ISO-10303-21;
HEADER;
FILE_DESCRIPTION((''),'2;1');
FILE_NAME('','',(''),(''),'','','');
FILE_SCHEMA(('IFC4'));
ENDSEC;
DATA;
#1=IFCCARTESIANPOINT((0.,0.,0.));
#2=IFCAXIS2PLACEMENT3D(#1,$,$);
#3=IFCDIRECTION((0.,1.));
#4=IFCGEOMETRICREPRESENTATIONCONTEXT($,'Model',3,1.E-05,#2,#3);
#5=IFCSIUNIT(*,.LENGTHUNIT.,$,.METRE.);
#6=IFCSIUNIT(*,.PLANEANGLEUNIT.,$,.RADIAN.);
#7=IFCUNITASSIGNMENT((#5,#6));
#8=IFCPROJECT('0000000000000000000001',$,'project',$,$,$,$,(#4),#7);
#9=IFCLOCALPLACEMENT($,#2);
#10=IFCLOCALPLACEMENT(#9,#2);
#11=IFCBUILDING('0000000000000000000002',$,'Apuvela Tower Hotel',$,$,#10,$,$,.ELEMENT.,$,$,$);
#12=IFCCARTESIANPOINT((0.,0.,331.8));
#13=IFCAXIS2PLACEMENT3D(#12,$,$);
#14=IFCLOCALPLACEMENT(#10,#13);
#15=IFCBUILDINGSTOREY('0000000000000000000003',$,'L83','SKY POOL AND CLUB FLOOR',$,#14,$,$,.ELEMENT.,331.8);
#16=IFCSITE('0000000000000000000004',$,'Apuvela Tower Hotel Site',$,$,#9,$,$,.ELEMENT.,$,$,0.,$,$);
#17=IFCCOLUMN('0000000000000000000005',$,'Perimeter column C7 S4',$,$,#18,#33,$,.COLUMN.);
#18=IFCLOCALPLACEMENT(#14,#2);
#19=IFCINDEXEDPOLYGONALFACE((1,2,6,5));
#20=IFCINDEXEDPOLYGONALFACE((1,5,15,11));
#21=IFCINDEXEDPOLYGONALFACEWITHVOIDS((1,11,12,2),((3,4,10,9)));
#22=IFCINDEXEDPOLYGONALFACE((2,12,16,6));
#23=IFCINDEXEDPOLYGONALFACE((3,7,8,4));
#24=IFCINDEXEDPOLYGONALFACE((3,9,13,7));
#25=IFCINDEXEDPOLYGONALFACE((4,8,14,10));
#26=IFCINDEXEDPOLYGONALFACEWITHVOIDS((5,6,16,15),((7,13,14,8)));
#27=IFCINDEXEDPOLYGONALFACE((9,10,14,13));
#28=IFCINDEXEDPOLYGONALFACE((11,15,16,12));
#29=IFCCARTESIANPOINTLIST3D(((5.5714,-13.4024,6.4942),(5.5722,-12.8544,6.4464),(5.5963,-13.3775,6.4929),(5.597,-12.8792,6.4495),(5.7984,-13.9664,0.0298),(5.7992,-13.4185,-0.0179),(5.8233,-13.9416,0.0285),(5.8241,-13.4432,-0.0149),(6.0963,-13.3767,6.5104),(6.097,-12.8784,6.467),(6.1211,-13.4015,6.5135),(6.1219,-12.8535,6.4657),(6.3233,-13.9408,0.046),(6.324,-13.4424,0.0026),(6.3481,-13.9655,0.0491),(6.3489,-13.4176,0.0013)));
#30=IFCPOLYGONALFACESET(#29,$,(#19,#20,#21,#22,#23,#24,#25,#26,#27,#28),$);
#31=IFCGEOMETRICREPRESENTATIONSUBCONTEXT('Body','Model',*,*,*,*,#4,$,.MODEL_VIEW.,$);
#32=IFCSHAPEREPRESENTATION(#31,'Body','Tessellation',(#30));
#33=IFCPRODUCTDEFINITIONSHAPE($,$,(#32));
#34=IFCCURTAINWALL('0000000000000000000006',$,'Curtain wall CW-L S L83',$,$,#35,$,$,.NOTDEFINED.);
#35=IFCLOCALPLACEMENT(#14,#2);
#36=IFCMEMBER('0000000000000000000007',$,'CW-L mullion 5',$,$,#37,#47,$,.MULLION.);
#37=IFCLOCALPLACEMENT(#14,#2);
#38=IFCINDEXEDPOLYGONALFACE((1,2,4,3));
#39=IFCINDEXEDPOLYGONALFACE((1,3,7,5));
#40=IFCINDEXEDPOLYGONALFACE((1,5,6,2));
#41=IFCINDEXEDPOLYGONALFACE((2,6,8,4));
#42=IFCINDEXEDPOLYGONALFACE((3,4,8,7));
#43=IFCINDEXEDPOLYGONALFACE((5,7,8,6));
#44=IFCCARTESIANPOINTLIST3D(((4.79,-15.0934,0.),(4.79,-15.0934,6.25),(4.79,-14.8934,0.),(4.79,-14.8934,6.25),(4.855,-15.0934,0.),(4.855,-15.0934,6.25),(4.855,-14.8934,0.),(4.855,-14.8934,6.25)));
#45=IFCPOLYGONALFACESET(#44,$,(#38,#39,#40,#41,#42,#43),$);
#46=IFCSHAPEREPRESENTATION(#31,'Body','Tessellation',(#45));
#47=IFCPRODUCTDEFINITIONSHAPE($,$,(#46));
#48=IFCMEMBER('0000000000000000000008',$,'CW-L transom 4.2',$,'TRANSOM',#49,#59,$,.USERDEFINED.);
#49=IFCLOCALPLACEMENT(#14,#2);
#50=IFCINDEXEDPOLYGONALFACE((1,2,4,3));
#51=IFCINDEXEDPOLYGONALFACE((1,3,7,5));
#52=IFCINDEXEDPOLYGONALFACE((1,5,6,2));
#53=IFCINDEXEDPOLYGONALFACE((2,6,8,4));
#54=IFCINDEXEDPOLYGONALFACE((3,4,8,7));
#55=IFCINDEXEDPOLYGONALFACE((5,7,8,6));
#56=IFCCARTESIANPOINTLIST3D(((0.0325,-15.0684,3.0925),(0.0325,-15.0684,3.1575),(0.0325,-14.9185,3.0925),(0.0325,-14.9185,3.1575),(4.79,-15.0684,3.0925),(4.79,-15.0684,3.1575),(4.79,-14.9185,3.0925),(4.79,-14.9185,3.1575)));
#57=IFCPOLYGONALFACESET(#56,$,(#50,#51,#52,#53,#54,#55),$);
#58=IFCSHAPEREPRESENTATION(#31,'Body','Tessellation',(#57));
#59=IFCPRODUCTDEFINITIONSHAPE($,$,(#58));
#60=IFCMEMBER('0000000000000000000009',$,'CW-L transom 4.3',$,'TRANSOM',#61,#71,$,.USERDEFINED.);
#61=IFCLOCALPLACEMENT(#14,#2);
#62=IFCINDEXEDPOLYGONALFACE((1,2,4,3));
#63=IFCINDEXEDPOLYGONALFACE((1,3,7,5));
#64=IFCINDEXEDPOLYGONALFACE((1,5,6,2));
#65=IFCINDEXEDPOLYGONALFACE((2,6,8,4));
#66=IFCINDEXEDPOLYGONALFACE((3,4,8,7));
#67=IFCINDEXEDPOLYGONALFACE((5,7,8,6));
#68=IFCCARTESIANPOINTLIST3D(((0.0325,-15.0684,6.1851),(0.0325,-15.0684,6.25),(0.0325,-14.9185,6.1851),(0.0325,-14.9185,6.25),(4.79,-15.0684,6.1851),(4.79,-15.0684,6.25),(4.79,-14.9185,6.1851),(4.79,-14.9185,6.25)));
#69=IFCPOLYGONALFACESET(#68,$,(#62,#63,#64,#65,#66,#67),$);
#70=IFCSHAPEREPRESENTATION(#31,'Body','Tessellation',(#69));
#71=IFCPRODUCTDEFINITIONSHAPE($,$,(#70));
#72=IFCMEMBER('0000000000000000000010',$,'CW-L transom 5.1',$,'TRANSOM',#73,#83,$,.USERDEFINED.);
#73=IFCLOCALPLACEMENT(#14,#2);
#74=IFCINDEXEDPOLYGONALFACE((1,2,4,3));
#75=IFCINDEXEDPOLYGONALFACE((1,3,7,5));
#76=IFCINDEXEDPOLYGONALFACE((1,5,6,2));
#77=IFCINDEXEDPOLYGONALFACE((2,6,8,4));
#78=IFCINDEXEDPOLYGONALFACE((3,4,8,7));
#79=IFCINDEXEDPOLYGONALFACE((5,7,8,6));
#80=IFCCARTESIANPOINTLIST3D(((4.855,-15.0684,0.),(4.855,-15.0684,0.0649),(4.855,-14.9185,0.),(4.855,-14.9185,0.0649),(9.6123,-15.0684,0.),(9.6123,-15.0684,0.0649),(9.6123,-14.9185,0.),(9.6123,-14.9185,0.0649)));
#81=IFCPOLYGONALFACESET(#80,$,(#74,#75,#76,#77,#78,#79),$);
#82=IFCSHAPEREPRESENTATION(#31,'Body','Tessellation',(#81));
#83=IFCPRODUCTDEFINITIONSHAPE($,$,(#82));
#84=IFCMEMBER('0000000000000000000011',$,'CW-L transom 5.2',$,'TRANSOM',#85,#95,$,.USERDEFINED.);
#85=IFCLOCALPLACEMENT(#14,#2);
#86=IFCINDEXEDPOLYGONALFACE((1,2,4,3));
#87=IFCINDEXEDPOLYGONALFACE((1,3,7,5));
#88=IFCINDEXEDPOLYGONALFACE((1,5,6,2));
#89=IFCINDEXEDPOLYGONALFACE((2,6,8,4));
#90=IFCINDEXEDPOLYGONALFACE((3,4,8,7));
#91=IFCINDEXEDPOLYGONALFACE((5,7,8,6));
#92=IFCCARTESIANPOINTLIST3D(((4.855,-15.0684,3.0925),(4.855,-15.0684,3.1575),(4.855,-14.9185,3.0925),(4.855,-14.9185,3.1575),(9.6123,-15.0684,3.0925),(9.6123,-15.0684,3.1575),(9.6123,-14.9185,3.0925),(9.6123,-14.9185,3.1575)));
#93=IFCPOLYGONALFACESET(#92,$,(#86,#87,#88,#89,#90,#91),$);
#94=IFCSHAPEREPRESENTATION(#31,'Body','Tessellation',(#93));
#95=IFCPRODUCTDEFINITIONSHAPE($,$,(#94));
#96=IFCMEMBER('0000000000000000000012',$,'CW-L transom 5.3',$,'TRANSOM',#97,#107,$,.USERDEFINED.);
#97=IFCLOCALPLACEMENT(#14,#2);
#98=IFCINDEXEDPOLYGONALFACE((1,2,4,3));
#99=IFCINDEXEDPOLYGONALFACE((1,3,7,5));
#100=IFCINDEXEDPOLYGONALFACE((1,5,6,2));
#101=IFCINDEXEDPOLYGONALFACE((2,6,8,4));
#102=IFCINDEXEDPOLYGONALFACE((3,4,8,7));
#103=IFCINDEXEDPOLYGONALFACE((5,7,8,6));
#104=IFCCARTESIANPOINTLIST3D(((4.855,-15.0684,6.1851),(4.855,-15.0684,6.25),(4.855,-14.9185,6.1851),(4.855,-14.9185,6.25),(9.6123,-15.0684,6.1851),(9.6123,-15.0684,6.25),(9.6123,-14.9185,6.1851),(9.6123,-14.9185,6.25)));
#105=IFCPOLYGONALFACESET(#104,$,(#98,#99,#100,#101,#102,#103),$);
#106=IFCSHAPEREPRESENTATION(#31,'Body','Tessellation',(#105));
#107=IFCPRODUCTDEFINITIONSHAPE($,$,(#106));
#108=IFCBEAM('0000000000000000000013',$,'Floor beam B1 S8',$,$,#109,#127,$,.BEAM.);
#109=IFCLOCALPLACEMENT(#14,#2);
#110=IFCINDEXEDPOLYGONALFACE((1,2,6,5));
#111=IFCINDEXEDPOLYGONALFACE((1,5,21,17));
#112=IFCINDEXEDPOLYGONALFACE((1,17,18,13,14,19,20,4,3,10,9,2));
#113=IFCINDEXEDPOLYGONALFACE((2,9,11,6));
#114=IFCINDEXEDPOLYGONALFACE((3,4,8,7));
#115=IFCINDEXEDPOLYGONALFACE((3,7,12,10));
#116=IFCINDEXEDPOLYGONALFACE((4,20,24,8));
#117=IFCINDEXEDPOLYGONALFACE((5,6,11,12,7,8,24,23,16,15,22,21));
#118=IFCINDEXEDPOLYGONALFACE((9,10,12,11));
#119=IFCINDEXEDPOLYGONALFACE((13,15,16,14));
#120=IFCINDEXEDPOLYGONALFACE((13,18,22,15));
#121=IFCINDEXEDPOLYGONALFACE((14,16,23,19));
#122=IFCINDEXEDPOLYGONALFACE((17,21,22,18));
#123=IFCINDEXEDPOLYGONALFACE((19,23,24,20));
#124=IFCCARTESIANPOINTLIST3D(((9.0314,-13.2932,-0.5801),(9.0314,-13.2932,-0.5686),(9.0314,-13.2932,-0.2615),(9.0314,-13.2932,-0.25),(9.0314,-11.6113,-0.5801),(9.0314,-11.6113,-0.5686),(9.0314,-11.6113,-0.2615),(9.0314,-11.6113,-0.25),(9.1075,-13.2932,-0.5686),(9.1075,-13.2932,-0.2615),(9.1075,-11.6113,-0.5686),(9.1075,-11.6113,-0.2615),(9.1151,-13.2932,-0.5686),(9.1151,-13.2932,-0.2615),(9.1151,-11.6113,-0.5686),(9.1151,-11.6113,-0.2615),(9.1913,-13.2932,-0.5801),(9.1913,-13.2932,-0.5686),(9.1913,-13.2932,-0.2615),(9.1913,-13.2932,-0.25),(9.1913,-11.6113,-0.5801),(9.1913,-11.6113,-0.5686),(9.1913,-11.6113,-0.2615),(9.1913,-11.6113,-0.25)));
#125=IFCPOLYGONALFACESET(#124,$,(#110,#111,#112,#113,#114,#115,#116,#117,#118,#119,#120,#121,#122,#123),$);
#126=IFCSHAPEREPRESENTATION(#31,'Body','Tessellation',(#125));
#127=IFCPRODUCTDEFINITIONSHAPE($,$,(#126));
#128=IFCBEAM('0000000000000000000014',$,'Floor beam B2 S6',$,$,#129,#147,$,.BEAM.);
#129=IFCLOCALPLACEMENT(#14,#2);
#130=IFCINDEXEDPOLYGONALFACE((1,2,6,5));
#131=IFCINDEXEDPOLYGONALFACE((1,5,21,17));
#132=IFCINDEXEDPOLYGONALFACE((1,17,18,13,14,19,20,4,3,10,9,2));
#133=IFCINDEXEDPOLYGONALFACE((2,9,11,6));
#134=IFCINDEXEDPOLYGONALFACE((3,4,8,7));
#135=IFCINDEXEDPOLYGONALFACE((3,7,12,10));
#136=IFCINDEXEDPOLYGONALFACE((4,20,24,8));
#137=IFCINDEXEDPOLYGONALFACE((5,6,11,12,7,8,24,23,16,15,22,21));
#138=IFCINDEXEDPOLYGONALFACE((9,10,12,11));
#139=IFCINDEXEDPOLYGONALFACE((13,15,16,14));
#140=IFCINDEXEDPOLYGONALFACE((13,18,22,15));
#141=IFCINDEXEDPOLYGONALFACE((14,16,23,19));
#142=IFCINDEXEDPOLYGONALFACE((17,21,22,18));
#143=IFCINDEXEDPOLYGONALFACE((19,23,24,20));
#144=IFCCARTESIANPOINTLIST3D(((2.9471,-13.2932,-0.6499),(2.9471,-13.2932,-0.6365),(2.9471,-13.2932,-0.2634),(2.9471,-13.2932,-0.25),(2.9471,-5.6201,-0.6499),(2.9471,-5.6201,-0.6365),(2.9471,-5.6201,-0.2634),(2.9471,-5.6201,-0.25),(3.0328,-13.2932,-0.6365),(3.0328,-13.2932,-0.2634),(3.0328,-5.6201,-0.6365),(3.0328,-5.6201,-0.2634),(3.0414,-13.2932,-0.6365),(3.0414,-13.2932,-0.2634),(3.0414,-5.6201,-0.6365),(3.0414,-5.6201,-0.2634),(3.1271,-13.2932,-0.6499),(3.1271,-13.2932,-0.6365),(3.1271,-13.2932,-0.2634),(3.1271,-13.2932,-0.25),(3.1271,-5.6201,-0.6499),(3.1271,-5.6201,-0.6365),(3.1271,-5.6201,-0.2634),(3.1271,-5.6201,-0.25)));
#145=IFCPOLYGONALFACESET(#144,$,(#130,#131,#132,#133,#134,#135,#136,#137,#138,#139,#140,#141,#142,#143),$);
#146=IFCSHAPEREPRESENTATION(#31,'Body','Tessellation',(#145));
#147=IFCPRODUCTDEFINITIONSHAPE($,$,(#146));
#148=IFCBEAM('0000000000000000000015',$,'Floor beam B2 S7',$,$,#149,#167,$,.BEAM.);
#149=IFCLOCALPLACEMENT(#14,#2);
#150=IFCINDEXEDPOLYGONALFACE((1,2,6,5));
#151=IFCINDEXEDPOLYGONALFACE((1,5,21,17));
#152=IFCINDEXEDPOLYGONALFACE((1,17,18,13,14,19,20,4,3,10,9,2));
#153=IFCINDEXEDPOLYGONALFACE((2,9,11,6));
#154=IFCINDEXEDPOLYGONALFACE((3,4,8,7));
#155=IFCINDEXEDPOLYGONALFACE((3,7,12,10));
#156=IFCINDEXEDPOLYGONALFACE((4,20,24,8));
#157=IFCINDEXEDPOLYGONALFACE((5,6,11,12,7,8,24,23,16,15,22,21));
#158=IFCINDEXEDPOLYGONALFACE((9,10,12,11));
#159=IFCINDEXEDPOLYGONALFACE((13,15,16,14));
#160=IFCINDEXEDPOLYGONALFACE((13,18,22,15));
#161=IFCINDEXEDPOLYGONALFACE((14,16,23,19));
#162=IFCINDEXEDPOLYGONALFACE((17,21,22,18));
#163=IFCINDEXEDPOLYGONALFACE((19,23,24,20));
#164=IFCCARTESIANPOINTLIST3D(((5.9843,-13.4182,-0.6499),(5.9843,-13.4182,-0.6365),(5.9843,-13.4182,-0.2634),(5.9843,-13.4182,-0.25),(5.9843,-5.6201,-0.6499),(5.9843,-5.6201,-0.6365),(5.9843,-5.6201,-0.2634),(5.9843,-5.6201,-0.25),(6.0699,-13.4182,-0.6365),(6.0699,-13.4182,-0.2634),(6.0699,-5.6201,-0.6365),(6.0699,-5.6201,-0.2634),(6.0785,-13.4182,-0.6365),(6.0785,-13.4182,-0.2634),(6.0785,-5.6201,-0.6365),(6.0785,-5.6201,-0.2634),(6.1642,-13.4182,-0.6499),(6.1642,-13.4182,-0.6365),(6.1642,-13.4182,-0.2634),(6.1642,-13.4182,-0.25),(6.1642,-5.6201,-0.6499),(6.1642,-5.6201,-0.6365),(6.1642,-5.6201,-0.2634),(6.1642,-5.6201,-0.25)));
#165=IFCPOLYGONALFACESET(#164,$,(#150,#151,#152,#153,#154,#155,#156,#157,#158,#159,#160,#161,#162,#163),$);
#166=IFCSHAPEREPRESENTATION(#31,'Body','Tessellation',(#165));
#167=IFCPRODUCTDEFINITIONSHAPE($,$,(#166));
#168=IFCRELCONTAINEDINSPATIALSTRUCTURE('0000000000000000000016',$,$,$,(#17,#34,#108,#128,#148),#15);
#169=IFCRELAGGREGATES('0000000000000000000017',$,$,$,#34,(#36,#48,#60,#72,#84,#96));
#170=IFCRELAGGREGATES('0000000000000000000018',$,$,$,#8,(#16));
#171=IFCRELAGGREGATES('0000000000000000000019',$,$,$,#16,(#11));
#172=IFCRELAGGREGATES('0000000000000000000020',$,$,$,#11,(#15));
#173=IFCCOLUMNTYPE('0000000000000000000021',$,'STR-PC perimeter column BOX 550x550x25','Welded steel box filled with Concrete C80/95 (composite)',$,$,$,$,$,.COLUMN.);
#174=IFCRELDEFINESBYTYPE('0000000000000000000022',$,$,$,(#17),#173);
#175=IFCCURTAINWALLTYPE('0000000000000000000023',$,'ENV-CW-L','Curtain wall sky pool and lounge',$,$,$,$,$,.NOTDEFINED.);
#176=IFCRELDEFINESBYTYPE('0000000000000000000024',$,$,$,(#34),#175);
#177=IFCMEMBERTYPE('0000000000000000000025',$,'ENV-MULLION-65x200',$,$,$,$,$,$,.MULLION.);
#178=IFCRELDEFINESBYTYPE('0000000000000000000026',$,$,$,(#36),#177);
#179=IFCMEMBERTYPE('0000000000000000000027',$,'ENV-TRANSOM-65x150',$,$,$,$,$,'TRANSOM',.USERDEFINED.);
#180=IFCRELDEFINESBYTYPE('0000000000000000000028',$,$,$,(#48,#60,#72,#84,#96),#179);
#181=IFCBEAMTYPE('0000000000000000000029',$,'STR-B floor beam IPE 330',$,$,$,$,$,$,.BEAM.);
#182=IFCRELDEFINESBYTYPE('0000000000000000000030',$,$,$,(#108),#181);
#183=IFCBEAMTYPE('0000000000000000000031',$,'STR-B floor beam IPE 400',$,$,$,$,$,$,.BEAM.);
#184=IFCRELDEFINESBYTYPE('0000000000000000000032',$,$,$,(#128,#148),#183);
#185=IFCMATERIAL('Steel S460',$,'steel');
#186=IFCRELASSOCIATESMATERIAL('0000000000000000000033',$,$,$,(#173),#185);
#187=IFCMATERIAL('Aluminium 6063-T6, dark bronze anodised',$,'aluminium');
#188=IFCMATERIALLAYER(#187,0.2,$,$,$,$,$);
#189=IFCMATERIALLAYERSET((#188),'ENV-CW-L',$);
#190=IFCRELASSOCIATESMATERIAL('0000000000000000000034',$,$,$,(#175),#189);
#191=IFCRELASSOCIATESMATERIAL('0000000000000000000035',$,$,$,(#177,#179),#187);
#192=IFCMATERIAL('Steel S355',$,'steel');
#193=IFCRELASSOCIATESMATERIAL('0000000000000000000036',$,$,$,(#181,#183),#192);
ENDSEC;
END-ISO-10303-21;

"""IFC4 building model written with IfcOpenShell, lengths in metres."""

from ifc_helpers import new_model, si_unit, direction, frame, origin, origin_2d, place, context, subcontext, project, spatial, rectangle, hollow_rectangle, i_section, extrude, boolean, halfspace, material, layer, layer_set, material_profile, profile_set, type_object, element, aggregate, save


model = new_model("IFC4")

# Units and contexts
model_context = context("Model", 3, precision=1e-05, world=origin(), true_north=direction((0.0, 1.0)))
body_context = subcontext(model_context, "Body", "Model", "MODEL_VIEW")
ifc_project = project(units=[si_unit("LENGTHUNIT", "METRE"), si_unit("PLANEANGLEUNIT", "RADIAN")], contexts=[model_context])

# Site, building, storey
site_placement = place(None, origin())
site = spatial("IfcSite", under=ifc_project, at=site_placement, Name="Apuvela Tower Hotel Site", CompositionType="ELEMENT", RefElevation=0.0)
building_placement = place(site_placement, origin())
building = spatial("IfcBuilding", under=site, at=building_placement, Name="Apuvela Tower Hotel", CompositionType="ELEMENT")
storey_placement = place(building_placement, frame((0.0, 0.0, 331.8)))
storey = spatial("IfcBuildingStorey", under=building, at=storey_placement, Name="L83", Description="SKY POOL AND CLUB FLOOR", CompositionType="ELEMENT", Elevation=331.8)

# Column
ifc_material_1 = material(Name="Steel S460", Category="steel")
ifc_material_profile_1 = material_profile(ifc_material_1, hollow_rectangle(XDim=0.55, YDim=0.55, WallThickness=0.0249, at=origin_2d()), Name="BOX 550x550x25")
ifc_material_2 = material(Name="Concrete C80/95", Category="concrete")
ifc_material_profile_2 = material_profile(ifc_material_2, rectangle(XDim=0.5, YDim=0.5, at=origin_2d()), Name="Concrete C80/95 infill")
ifc_profile_set_1 = profile_set([ifc_material_profile_1, ifc_material_profile_2], Name="Steel S460")
column_type = type_object("IfcColumnType", Name="STR-PC perimeter column BOX 550x550x25", Description="Welded steel box filled with Concrete C80/95 (composite)", PredefinedType="COLUMN", material=ifc_profile_set_1)
column_placement = place(storey_placement, frame((6.0742, -13.6934, 0.0), z_axis=(-0.034964, 0.086869, 0.995606), x_axis=(0.999388, 0.001602, 0.034957)))
element("IfcColumn", 1, at=column_placement, inside=storey, type_object=column_type, Name="Perimeter column C7 S4", PredefinedType="COLUMN", context=body_context, shape_type="SweptSolid", body=[
    boolean("DIFFERENCE", boolean("DIFFERENCE", extrude(hollow_rectangle(XDim=0.55, YDim=0.55, WallThickness=0.0249, at=origin_2d()), origin(), (0.0, 0.0, 1.0), 6.5288), halfspace(frame((0.0, 0.0, 0.0156), z_axis=(0.0, 0.0, 1.0), x_axis=(1.0, 0.0, 0.0)), True)), halfspace(frame((0.0, 0.0, 6.5085), z_axis=(0.0, 0.0, 1.0), x_axis=(1.0, 0.0, 0.0)), False)),
])

# Curtain wall, members
ifc_material_3 = material(Name="Aluminium 6063-T6, dark bronze anodised", Category="aluminium")
ifc_layer_1 = layer(ifc_material_3, 0.2)
ifc_layer_set_1 = layer_set([ifc_layer_1], Name="ENV-CW-L")
curtain_wall_type = type_object("IfcCurtainWallType", Name="ENV-CW-L", Description="Curtain wall sky pool and lounge", PredefinedType="NOTDEFINED", material=ifc_layer_set_1)
curtain_wall_placement = place(storey_placement, origin())
curtain_wall = element("IfcCurtainWall", 2, at=curtain_wall_placement, inside=storey, type_object=curtain_wall_type, Name="Curtain wall CW-L S L83", PredefinedType="NOTDEFINED")
ifc_material_profile_3 = material_profile(ifc_material_3, rectangle(XDim=0.2, YDim=0.0649, at=origin_2d()), Name="AL 65x200")
ifc_profile_set_2 = profile_set([ifc_material_profile_3], Name="Aluminium 6063-T6, dark bronze anodised")
member_type_1 = type_object("IfcMemberType", Name="ENV-MULLION-65x200", PredefinedType="MULLION", material=ifc_profile_set_2)
member_1_placement = place(storey_placement, frame((4.8225, -14.9934, 0.0), z_axis=(0.0, 0.0, 1.0), x_axis=(0.0, 1.0, 0.0)))
member_1 = element("IfcMember", 3, at=member_1_placement, type_object=member_type_1, Name="CW-L mullion 5", PredefinedType="MULLION", context=body_context, shape_type="SweptSolid", body=[
    extrude(rectangle(XDim=0.2, YDim=0.0649, at=origin_2d()), origin(), (0.0, 0.0, 1.0), 6.25),
])
ifc_material_profile_4 = material_profile(ifc_material_3, rectangle(XDim=0.1499, YDim=0.0649, at=origin_2d()), Name="AL 65x150 transom")
ifc_profile_set_3 = profile_set([ifc_material_profile_4], Name="Aluminium 6063-T6, dark bronze anodised")
member_type_2 = type_object("IfcMemberType", Name="ENV-TRANSOM-65x150", ElementType="TRANSOM", PredefinedType="USERDEFINED", material=ifc_profile_set_3)
member_2_placement = place(storey_placement, frame((0.0325, -14.9934, 3.125), z_axis=(1.0, 0.0, 0.0), x_axis=(0.0, 1.0, 0.0)))
member_2 = element("IfcMember", 4, at=member_2_placement, type_object=member_type_2, Name="CW-L transom 4.2", ObjectType="TRANSOM", PredefinedType="USERDEFINED", context=body_context, shape_type="SweptSolid", body=[
    extrude(rectangle(XDim=0.1499, YDim=0.0649, at=origin_2d()), origin(), (0.0, 0.0, 1.0), 4.7576),
])
member_3_placement = place(storey_placement, frame((0.0325, -14.9934, 6.2175), z_axis=(1.0, 0.0, 0.0), x_axis=(0.0, 1.0, 0.0)))
member_3 = element("IfcMember", 5, at=member_3_placement, type_object=member_type_2, Name="CW-L transom 4.3", ObjectType="TRANSOM", PredefinedType="USERDEFINED", context=body_context, shape_type="SweptSolid", body=[
    extrude(rectangle(XDim=0.1499, YDim=0.0649, at=origin_2d()), origin(), (0.0, 0.0, 1.0), 4.7576),
])
member_4_placement = place(storey_placement, frame((4.855, -14.9934, 0.0325), z_axis=(1.0, 0.0, 0.0), x_axis=(0.0, 1.0, 0.0)))
member_4 = element("IfcMember", 6, at=member_4_placement, type_object=member_type_2, Name="CW-L transom 5.1", ObjectType="TRANSOM", PredefinedType="USERDEFINED", context=body_context, shape_type="SweptSolid", body=[
    extrude(rectangle(XDim=0.1499, YDim=0.0649, at=origin_2d()), origin(), (0.0, 0.0, 1.0), 4.7573),
])
member_5_placement = place(storey_placement, frame((4.855, -14.9934, 3.125), z_axis=(1.0, 0.0, 0.0), x_axis=(0.0, 1.0, 0.0)))
member_5 = element("IfcMember", 7, at=member_5_placement, type_object=member_type_2, Name="CW-L transom 5.2", ObjectType="TRANSOM", PredefinedType="USERDEFINED", context=body_context, shape_type="SweptSolid", body=[
    extrude(rectangle(XDim=0.1499, YDim=0.0649, at=origin_2d()), origin(), (0.0, 0.0, 1.0), 4.7573),
])
member_6_placement = place(storey_placement, frame((4.855, -14.9934, 6.2175), z_axis=(1.0, 0.0, 0.0), x_axis=(0.0, 1.0, 0.0)))
member_6 = element("IfcMember", 8, at=member_6_placement, type_object=member_type_2, Name="CW-L transom 5.3", ObjectType="TRANSOM", PredefinedType="USERDEFINED", context=body_context, shape_type="SweptSolid", body=[
    extrude(rectangle(XDim=0.1499, YDim=0.0649, at=origin_2d()), origin(), (0.0, 0.0, 1.0), 4.7573),
])

# Beams
ifc_material_4 = material(Name="Steel S355", Category="steel")
ifc_material_profile_5 = material_profile(ifc_material_4, i_section(OverallWidth=0.1599, OverallDepth=0.3301, WebThickness=0.0076, FlangeThickness=0.0115, at=origin_2d()), Name="IPE 330")
ifc_profile_set_4 = profile_set([ifc_material_profile_5], Name="Steel S355")
beam_type_1 = type_object("IfcBeamType", Name="STR-B floor beam IPE 330", PredefinedType="BEAM", material=ifc_profile_set_4)
beam_1_placement = place(storey_placement, frame((9.1113, -13.2932, -0.415), z_axis=(0.0, 1.0, 0.0), x_axis=(-1.0, 0.0, 0.0)))
element("IfcBeam", 9, at=beam_1_placement, inside=storey, type_object=beam_type_1, Name="Floor beam B1 S8", PredefinedType="BEAM", context=body_context, shape_type="SweptSolid", body=[
    extrude(i_section(OverallWidth=0.1599, OverallDepth=0.3301, WebThickness=0.0076, FlangeThickness=0.0115, at=origin_2d()), origin(), (0.0, 0.0, 1.0), 1.6819),
])
ifc_material_profile_6 = material_profile(ifc_material_4, i_section(OverallWidth=0.1799, OverallDepth=0.3999, WebThickness=0.0085, FlangeThickness=0.0134, at=origin_2d()), Name="IPE 400")
ifc_profile_set_5 = profile_set([ifc_material_profile_6], Name="Steel S355")
beam_type_2 = type_object("IfcBeamType", Name="STR-B floor beam IPE 400", PredefinedType="BEAM", material=ifc_profile_set_5)
beam_2_placement = place(storey_placement, frame((3.0371, -13.2932, -0.45), z_axis=(0.0, 1.0, 0.0), x_axis=(-1.0, 0.0, 0.0)))
element("IfcBeam", 10, at=beam_2_placement, inside=storey, type_object=beam_type_2, Name="Floor beam B2 S6", PredefinedType="BEAM", context=body_context, shape_type="SweptSolid", body=[
    extrude(i_section(OverallWidth=0.1799, OverallDepth=0.3999, WebThickness=0.0085, FlangeThickness=0.0134, at=origin_2d()), origin(), (0.0, 0.0, 1.0), 7.6731),
])
beam_3_placement = place(storey_placement, frame((6.0742, -13.4182, -0.45), z_axis=(0.0, 1.0, 0.0), x_axis=(-1.0, 0.0, 0.0)))
element("IfcBeam", 11, at=beam_3_placement, inside=storey, type_object=beam_type_2, Name="Floor beam B2 S7", PredefinedType="BEAM", context=body_context, shape_type="SweptSolid", body=[
    extrude(i_section(OverallWidth=0.1799, OverallDepth=0.3999, WebThickness=0.0085, FlangeThickness=0.0134, at=origin_2d()), origin(), (0.0, 0.0, 1.0), 7.7981),
])

aggregate(curtain_wall, [member_1, member_2, member_3, member_4, member_5, member_6])

save(model, "model.ifc")
